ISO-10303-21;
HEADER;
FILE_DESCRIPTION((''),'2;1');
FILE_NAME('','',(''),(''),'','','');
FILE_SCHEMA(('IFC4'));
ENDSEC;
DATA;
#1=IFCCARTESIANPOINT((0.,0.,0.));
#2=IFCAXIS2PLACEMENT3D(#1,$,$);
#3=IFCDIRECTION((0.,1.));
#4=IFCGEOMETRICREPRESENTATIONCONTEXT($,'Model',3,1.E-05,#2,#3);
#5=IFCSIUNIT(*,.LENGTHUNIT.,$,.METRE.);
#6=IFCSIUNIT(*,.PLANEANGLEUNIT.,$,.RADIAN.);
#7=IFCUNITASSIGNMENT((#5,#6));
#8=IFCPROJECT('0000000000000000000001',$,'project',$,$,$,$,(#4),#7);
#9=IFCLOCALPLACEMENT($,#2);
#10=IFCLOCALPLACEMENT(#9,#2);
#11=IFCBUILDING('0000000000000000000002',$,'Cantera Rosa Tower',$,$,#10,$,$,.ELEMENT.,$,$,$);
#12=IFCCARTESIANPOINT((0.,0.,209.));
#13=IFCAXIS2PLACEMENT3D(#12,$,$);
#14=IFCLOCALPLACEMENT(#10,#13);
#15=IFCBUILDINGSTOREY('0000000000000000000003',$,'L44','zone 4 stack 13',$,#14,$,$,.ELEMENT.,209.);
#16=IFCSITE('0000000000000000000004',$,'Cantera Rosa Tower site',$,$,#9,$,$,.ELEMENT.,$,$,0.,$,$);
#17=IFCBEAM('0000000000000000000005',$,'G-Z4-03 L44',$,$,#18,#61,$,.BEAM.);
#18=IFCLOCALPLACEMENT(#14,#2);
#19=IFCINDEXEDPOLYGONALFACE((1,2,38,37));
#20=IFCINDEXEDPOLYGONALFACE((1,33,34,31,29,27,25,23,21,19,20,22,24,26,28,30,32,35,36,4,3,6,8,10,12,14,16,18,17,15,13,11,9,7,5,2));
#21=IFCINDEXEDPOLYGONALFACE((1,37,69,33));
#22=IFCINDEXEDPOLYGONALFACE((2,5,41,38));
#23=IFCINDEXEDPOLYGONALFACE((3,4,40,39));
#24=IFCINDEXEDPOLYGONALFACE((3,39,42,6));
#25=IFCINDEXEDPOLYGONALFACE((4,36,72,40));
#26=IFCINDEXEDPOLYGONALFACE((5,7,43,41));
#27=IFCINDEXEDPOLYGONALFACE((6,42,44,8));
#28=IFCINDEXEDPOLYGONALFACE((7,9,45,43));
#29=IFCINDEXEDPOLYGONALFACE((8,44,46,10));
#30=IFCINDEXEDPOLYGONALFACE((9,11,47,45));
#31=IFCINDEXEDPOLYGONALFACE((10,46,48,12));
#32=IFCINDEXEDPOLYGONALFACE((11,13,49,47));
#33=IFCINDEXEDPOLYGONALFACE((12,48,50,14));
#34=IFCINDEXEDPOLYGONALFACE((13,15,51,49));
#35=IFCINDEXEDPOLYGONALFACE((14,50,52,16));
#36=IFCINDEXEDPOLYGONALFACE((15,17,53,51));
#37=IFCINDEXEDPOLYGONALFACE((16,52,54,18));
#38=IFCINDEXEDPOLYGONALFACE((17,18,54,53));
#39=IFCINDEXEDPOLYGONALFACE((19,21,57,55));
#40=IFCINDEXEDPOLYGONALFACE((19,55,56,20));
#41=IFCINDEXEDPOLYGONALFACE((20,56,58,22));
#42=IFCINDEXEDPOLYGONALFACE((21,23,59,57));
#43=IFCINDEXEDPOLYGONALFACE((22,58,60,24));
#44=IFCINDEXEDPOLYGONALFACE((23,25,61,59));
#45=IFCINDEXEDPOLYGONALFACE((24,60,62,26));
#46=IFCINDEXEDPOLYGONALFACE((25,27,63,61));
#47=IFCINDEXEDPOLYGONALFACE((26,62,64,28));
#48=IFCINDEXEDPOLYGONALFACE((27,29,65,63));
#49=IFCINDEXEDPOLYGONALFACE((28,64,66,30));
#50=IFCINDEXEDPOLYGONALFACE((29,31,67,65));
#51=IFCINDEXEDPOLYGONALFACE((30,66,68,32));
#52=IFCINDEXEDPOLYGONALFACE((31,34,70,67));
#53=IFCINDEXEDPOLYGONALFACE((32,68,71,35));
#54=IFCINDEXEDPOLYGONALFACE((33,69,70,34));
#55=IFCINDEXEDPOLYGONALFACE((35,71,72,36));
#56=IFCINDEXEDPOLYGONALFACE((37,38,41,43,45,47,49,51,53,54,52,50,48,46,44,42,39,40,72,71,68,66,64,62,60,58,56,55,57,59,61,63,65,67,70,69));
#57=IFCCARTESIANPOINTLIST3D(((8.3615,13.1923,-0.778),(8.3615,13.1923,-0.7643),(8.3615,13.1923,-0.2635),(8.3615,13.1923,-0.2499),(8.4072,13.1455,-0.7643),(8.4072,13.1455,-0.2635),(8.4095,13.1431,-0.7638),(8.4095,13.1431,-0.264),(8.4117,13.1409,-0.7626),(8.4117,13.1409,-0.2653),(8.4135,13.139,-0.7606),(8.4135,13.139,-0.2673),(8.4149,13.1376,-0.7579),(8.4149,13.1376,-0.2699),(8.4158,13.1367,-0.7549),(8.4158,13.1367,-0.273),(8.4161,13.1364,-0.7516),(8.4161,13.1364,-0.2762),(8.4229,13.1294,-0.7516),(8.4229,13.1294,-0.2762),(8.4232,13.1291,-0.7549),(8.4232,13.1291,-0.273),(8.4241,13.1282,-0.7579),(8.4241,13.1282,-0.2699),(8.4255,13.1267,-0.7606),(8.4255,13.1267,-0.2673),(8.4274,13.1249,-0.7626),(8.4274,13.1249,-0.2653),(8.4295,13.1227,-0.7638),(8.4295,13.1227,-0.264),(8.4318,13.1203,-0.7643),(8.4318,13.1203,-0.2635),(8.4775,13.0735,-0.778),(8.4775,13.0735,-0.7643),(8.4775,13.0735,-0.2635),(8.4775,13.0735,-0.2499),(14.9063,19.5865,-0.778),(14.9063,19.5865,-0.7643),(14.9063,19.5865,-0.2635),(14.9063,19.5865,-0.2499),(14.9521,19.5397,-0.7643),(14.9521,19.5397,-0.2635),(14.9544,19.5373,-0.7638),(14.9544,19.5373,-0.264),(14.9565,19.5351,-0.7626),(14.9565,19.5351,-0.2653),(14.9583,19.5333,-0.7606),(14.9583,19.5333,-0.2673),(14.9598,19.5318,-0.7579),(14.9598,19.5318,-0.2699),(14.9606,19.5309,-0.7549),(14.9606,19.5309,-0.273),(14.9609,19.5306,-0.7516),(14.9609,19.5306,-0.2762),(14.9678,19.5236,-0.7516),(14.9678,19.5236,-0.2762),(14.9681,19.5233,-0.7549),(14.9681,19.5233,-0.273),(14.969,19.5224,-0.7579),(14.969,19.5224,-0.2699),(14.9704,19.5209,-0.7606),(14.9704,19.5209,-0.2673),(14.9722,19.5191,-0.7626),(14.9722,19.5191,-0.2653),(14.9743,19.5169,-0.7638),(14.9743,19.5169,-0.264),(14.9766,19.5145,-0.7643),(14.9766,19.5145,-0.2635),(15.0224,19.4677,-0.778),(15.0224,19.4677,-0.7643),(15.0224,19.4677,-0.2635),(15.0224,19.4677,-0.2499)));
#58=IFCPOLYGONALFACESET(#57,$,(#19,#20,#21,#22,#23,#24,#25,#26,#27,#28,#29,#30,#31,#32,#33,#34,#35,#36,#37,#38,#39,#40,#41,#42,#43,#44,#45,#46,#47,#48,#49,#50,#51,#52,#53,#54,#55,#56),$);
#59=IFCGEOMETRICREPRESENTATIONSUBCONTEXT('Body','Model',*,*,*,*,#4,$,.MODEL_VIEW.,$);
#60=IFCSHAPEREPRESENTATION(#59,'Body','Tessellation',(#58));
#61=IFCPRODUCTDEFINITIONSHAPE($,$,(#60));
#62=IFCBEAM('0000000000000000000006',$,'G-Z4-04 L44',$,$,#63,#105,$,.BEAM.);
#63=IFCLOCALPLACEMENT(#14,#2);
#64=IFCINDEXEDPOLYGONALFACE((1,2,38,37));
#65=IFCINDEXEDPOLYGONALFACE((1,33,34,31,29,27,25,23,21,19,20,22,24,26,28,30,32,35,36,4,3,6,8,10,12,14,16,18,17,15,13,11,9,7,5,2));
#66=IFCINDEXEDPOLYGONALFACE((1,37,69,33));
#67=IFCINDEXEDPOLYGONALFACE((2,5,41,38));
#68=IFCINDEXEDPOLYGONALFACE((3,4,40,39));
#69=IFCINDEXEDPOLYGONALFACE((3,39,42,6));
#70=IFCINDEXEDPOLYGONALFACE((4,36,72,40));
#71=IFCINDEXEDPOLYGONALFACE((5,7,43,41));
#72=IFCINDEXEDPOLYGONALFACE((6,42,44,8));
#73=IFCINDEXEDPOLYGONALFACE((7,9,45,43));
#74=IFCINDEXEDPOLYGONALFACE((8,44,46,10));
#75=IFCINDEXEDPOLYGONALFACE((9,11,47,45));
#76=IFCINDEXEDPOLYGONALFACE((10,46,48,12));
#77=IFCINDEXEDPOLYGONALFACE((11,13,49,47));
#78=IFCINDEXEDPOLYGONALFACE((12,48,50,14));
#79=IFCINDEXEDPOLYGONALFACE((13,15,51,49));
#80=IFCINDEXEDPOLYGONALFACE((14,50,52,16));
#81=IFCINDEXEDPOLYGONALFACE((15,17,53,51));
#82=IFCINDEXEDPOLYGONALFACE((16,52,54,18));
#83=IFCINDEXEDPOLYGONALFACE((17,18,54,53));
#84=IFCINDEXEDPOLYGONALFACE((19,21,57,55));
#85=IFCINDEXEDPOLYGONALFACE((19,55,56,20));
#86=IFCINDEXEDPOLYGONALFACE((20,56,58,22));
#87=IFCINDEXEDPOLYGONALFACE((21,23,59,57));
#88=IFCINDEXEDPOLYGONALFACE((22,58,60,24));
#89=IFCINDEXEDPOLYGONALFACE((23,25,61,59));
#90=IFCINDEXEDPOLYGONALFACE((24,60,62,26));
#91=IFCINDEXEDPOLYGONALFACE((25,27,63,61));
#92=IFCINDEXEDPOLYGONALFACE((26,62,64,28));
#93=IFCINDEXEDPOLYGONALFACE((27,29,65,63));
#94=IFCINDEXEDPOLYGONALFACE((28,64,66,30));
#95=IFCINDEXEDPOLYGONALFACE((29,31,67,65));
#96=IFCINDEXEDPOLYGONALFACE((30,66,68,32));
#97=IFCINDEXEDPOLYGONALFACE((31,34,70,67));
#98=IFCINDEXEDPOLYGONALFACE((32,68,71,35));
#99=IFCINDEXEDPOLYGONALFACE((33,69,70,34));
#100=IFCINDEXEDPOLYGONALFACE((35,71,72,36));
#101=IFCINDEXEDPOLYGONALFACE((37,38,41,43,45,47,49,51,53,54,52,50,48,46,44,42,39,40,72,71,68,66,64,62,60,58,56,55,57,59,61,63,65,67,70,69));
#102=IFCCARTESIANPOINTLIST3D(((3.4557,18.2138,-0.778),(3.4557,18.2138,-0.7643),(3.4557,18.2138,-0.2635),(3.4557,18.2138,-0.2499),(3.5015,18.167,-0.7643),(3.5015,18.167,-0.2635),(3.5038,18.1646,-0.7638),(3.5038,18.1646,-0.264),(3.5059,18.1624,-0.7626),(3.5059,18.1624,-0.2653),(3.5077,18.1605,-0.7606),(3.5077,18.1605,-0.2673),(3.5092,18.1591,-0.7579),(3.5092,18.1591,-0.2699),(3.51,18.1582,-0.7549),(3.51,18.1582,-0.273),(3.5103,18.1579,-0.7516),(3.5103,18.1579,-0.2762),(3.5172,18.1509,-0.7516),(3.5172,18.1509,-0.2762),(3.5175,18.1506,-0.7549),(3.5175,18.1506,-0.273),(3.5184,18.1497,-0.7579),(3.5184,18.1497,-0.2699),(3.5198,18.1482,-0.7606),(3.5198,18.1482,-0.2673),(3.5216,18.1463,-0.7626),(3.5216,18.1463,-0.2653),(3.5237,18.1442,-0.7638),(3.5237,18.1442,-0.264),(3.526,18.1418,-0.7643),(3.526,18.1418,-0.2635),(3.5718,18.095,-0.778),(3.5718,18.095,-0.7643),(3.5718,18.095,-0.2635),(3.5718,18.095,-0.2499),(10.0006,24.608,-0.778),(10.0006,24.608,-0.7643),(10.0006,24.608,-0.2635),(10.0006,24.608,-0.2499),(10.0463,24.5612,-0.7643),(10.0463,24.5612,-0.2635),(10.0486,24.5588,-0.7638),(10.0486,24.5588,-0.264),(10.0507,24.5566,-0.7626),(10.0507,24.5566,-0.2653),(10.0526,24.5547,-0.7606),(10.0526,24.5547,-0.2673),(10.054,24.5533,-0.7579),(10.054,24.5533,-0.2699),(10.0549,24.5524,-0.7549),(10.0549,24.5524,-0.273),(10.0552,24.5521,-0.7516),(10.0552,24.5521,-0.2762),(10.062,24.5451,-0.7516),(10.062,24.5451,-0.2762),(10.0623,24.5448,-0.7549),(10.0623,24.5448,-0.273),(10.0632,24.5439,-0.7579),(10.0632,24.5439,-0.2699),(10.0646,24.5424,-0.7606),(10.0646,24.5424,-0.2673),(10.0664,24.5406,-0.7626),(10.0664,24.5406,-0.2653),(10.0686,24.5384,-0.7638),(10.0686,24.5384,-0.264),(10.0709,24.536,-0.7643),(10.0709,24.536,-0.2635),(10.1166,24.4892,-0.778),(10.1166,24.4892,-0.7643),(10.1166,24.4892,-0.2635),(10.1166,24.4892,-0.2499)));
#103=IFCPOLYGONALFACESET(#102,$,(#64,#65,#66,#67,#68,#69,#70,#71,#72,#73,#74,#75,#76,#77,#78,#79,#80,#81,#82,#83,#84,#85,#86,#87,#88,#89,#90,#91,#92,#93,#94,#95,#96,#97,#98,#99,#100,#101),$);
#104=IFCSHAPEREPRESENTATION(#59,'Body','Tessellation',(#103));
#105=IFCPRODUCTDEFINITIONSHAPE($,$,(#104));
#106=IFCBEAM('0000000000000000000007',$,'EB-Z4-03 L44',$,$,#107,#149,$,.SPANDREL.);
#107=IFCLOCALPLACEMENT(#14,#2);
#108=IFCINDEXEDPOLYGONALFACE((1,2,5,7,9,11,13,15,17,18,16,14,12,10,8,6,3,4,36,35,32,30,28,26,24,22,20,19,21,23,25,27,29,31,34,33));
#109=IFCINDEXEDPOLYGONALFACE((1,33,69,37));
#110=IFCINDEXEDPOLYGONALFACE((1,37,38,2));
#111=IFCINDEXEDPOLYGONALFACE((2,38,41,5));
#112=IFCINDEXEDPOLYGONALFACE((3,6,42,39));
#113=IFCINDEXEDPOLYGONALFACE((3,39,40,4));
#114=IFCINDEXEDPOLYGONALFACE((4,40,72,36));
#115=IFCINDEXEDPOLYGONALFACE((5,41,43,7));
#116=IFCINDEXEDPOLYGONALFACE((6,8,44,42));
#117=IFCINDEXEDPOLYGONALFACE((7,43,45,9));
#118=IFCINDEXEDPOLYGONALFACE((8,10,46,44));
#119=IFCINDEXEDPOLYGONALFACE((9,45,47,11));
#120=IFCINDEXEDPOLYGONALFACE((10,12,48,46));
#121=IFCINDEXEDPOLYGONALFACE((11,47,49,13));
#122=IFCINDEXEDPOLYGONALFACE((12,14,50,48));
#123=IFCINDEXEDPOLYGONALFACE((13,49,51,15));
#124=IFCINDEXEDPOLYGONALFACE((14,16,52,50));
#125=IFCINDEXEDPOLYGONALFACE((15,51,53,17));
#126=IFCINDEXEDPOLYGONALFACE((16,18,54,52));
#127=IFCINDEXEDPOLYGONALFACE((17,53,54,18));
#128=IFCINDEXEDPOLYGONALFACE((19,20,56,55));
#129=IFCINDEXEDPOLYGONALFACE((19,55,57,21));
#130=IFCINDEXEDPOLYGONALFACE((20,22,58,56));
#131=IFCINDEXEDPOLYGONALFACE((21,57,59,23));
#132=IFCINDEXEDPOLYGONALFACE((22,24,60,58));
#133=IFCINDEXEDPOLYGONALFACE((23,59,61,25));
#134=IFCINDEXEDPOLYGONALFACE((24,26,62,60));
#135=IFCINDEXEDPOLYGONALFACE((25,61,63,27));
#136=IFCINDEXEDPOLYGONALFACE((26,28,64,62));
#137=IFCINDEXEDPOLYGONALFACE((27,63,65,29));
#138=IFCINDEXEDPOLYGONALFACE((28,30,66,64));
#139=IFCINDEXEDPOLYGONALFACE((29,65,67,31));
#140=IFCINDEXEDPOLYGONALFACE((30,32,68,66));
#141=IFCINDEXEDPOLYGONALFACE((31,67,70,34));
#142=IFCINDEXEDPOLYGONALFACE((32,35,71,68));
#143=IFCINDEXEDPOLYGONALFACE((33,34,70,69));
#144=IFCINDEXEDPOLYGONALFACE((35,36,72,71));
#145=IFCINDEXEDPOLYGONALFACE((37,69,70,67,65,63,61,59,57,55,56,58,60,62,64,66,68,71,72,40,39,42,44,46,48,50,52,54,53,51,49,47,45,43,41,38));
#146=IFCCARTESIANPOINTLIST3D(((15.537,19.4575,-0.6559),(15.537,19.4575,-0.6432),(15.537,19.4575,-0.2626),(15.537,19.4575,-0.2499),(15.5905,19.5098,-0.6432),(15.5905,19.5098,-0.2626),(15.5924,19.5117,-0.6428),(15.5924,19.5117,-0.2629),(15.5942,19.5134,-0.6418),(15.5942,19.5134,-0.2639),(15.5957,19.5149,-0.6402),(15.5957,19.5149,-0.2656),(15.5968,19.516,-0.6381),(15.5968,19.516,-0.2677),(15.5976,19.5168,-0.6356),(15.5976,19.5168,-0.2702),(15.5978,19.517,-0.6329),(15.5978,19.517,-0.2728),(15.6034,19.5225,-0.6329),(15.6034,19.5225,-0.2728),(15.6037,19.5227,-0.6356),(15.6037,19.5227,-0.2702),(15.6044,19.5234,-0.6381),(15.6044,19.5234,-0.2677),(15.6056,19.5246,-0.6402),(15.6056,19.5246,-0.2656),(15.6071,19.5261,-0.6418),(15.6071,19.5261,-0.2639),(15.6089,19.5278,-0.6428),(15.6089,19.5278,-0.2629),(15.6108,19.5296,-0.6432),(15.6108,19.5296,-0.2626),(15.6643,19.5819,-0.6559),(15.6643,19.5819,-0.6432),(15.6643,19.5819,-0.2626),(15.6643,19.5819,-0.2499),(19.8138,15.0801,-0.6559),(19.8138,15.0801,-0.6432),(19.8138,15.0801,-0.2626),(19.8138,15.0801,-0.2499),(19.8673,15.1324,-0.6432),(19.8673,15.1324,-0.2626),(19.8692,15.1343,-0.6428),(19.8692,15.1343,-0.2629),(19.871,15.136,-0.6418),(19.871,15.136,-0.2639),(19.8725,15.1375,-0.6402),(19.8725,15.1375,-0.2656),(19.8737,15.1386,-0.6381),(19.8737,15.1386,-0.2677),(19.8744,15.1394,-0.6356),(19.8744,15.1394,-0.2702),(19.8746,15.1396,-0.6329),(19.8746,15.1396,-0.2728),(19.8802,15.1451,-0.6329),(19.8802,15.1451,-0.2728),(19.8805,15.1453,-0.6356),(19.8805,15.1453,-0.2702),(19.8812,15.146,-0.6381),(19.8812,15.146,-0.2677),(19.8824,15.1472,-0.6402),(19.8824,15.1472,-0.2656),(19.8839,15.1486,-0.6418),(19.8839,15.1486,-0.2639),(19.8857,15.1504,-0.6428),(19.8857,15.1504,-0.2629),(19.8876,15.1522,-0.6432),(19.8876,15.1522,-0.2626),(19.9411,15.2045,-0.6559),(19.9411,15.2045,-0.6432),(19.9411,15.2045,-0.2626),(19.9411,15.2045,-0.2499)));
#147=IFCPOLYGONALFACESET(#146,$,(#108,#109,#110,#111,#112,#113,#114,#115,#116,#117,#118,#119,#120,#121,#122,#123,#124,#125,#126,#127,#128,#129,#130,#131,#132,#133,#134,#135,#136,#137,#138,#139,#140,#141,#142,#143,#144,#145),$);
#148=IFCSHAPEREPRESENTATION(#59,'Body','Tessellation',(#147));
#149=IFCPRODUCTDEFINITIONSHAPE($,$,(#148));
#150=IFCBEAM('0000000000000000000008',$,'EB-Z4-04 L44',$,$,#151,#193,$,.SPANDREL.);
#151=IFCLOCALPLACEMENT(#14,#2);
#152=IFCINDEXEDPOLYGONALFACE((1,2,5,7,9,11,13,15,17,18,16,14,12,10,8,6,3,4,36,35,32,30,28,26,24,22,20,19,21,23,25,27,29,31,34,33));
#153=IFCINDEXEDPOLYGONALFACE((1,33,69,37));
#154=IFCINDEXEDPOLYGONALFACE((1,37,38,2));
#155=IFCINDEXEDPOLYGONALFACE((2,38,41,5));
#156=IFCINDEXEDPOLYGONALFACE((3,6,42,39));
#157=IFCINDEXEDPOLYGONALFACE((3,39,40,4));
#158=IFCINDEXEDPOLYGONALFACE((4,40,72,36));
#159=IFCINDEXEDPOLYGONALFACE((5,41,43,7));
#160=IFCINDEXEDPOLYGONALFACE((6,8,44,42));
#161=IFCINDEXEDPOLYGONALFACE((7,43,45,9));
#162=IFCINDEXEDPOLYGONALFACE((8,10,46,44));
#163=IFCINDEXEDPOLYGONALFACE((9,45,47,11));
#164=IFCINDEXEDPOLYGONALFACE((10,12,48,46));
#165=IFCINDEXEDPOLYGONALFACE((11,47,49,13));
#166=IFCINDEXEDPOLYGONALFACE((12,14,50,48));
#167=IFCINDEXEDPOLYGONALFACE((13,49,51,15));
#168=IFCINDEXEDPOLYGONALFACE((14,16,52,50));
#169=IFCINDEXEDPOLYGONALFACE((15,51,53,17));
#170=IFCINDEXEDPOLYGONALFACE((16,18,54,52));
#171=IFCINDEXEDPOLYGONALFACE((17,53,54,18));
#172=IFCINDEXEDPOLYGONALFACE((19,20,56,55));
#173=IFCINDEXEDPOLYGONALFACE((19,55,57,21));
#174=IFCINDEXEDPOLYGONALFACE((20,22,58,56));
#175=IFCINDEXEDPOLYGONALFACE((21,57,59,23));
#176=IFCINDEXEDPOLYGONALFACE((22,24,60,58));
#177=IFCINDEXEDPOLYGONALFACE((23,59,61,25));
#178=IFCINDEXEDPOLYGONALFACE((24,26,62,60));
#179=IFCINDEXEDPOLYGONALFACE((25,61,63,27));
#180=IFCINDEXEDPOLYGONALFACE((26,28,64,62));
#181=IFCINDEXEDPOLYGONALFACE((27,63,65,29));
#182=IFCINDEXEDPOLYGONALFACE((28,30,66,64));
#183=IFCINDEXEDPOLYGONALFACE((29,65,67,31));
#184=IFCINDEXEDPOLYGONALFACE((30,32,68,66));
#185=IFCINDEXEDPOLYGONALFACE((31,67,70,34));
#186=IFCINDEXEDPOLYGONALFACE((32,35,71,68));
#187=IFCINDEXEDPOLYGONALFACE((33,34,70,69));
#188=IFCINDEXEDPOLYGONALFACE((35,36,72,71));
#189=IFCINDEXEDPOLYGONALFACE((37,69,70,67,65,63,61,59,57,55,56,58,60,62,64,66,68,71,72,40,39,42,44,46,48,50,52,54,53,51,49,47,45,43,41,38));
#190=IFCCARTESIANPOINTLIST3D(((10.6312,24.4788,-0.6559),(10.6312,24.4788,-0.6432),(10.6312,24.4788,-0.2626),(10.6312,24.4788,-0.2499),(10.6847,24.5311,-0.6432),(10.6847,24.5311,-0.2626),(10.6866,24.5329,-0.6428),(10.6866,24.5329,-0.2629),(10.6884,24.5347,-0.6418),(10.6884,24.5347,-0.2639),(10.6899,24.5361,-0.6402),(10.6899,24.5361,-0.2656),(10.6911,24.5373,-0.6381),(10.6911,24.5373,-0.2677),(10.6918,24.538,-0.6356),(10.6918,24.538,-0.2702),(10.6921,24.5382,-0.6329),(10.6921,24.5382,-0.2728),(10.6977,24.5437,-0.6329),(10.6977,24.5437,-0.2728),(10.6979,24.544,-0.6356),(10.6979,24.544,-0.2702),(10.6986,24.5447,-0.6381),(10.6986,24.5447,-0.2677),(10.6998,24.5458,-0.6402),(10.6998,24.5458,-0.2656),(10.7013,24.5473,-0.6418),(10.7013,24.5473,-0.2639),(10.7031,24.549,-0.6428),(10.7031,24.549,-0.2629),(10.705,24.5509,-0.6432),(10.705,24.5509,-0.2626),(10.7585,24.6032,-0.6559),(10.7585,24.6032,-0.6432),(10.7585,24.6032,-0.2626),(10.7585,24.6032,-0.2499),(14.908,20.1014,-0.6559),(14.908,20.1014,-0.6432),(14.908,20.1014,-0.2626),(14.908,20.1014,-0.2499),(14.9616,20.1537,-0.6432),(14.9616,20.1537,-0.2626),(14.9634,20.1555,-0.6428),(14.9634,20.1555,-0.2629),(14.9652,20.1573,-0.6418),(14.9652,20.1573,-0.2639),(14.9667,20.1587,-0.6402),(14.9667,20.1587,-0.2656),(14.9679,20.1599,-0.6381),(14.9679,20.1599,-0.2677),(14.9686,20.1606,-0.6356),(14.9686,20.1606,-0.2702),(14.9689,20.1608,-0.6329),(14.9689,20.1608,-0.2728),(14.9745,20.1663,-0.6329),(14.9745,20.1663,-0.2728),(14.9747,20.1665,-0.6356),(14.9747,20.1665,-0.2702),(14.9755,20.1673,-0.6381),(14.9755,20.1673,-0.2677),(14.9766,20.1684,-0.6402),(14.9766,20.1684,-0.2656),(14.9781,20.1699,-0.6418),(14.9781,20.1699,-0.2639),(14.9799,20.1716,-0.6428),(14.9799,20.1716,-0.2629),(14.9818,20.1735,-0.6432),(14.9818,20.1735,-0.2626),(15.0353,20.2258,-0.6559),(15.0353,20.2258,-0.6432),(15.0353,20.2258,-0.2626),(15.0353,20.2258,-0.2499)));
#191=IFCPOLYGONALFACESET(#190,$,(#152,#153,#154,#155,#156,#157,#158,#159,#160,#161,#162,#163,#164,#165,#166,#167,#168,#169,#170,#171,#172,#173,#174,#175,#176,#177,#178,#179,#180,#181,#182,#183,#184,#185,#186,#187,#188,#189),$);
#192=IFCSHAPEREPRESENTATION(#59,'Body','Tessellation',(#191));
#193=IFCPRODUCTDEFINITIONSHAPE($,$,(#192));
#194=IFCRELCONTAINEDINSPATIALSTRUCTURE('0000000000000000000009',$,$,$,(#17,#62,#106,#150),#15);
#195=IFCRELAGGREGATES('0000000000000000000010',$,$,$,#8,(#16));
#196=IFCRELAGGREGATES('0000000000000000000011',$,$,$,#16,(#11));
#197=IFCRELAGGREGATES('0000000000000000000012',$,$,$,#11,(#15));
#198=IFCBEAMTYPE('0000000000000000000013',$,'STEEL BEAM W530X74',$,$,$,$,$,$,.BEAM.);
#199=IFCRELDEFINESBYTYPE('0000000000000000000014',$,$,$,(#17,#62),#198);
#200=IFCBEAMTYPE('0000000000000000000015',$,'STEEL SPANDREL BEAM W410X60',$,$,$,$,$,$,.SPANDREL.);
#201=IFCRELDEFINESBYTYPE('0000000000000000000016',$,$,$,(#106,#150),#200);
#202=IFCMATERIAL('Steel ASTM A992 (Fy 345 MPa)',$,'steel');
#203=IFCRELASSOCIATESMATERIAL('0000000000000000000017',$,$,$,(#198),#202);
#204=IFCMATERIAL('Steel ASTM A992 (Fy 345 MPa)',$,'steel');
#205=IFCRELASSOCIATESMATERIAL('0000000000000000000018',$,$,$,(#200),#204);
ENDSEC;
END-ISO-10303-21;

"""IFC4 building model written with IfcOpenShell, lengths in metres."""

from ifc_helpers import new_model, si_unit, direction, frame, origin, origin_2d, place, context, subcontext, project, spatial, i_section, extrude, material, material_profile, profile_set, type_object, element, save


model = new_model("IFC4")

# Units and contexts
model_context = context("Model", 3, precision=1e-05, world=origin(), true_north=direction((0.0, 1.0)))
body_context = subcontext(model_context, "Body", "Model", "MODEL_VIEW")
ifc_project = project(units=[si_unit("LENGTHUNIT", "METRE"), si_unit("PLANEANGLEUNIT", "RADIAN")], contexts=[model_context])

# Site, building, storey
site_placement = place(None, origin())
site = spatial("IfcSite", under=ifc_project, at=site_placement, Name="Cantera Rosa Tower site", CompositionType="ELEMENT", RefElevation=0.0)
building_placement = place(site_placement, origin())
building = spatial("IfcBuilding", under=site, at=building_placement, Name="Cantera Rosa Tower", CompositionType="ELEMENT")
storey_placement = place(building_placement, frame((0.0, 0.0, 209.0)))
storey = spatial("IfcBuildingStorey", under=building, at=storey_placement, Name="L44", Description="zone 4 stack 13", CompositionType="ELEMENT", Elevation=209.0)

# Beams
ifc_material_1 = material(Name="Steel ASTM A992 (Fy 345 MPa)", Category="steel")
ifc_material_profile_1 = material_profile(ifc_material_1, i_section(OverallWidth=0.166, OverallDepth=0.5281, WebThickness=0.0098, FlangeThickness=0.0137, FilletRadius=0.0127, at=origin_2d()), Name="W530X74")
ifc_profile_set_1 = profile_set([ifc_material_profile_1], Name="Steel ASTM A992 (Fy 345 MPa)")
beam_type_1 = type_object("IfcBeamType", Name="STEEL BEAM W530X74", PredefinedType="BEAM", material=ifc_profile_set_1)
for number, where, z_axis, x_axis, name in (
    (1, (14.9644, 19.5271, -0.5139), (-0.71529, -0.698827, 0.0), (0.698827, -0.71529, 0.0), "G-Z4-03 L44"),
    (2, (10.0586, 24.5486, -0.5139), (-0.71529, -0.698827, 0.0), (0.698827, -0.71529, 0.0), "G-Z4-04 L44"),
):
    element("IfcBeam", number, at=place(storey_placement, frame(where, z_axis=z_axis, x_axis=x_axis)), inside=storey, type_object=beam_type_1, Name=name, PredefinedType="BEAM", context=body_context, shape_type="SweptSolid", body=[
        extrude(i_section(OverallWidth=0.166, OverallDepth=0.5281, WebThickness=0.0098, FlangeThickness=0.0137, FilletRadius=0.0127, at=origin_2d()), origin(), (0.0, 0.0, 1.0), 9.1499),
    ])
ifc_material_2 = material(Name="Steel ASTM A992 (Fy 345 MPa)", Category="steel")
ifc_material_profile_2 = material_profile(ifc_material_2, i_section(OverallWidth=0.178, OverallDepth=0.406, WebThickness=0.0078, FlangeThickness=0.0127, FilletRadius=0.0103, at=origin_2d()), Name="W410X60")
ifc_profile_set_2 = profile_set([ifc_material_profile_2], Name="Steel ASTM A992 (Fy 345 MPa)")
beam_type_2 = type_object("IfcBeamType", Name="STEEL SPANDREL BEAM W410X60", PredefinedType="SPANDREL", material=ifc_profile_set_2)
for number, where, z_axis, x_axis, name in (
    (3, (19.8774, 15.1423, -0.4529), (-0.698841, 0.715277, 0.0), (-0.715277, -0.698841, 0.0), "EB-Z4-03 L44"),
    (4, (14.9717, 20.1636, -0.4529), (-0.698841, 0.715277, 0.0), (-0.715277, -0.698841, 0.0), "EB-Z4-04 L44"),
):
    element("IfcBeam", number, at=place(storey_placement, frame(where, z_axis=z_axis, x_axis=x_axis)), inside=storey, type_object=beam_type_2, Name=name, PredefinedType="SPANDREL", context=body_context, shape_type="SweptSolid", body=[
        extrude(i_section(OverallWidth=0.178, OverallDepth=0.406, WebThickness=0.0078, FlangeThickness=0.0127, FilletRadius=0.0103, at=origin_2d()), origin(), (0.0, 0.0, 1.0), 6.1199),
    ])

save(model, "model.ifc")
